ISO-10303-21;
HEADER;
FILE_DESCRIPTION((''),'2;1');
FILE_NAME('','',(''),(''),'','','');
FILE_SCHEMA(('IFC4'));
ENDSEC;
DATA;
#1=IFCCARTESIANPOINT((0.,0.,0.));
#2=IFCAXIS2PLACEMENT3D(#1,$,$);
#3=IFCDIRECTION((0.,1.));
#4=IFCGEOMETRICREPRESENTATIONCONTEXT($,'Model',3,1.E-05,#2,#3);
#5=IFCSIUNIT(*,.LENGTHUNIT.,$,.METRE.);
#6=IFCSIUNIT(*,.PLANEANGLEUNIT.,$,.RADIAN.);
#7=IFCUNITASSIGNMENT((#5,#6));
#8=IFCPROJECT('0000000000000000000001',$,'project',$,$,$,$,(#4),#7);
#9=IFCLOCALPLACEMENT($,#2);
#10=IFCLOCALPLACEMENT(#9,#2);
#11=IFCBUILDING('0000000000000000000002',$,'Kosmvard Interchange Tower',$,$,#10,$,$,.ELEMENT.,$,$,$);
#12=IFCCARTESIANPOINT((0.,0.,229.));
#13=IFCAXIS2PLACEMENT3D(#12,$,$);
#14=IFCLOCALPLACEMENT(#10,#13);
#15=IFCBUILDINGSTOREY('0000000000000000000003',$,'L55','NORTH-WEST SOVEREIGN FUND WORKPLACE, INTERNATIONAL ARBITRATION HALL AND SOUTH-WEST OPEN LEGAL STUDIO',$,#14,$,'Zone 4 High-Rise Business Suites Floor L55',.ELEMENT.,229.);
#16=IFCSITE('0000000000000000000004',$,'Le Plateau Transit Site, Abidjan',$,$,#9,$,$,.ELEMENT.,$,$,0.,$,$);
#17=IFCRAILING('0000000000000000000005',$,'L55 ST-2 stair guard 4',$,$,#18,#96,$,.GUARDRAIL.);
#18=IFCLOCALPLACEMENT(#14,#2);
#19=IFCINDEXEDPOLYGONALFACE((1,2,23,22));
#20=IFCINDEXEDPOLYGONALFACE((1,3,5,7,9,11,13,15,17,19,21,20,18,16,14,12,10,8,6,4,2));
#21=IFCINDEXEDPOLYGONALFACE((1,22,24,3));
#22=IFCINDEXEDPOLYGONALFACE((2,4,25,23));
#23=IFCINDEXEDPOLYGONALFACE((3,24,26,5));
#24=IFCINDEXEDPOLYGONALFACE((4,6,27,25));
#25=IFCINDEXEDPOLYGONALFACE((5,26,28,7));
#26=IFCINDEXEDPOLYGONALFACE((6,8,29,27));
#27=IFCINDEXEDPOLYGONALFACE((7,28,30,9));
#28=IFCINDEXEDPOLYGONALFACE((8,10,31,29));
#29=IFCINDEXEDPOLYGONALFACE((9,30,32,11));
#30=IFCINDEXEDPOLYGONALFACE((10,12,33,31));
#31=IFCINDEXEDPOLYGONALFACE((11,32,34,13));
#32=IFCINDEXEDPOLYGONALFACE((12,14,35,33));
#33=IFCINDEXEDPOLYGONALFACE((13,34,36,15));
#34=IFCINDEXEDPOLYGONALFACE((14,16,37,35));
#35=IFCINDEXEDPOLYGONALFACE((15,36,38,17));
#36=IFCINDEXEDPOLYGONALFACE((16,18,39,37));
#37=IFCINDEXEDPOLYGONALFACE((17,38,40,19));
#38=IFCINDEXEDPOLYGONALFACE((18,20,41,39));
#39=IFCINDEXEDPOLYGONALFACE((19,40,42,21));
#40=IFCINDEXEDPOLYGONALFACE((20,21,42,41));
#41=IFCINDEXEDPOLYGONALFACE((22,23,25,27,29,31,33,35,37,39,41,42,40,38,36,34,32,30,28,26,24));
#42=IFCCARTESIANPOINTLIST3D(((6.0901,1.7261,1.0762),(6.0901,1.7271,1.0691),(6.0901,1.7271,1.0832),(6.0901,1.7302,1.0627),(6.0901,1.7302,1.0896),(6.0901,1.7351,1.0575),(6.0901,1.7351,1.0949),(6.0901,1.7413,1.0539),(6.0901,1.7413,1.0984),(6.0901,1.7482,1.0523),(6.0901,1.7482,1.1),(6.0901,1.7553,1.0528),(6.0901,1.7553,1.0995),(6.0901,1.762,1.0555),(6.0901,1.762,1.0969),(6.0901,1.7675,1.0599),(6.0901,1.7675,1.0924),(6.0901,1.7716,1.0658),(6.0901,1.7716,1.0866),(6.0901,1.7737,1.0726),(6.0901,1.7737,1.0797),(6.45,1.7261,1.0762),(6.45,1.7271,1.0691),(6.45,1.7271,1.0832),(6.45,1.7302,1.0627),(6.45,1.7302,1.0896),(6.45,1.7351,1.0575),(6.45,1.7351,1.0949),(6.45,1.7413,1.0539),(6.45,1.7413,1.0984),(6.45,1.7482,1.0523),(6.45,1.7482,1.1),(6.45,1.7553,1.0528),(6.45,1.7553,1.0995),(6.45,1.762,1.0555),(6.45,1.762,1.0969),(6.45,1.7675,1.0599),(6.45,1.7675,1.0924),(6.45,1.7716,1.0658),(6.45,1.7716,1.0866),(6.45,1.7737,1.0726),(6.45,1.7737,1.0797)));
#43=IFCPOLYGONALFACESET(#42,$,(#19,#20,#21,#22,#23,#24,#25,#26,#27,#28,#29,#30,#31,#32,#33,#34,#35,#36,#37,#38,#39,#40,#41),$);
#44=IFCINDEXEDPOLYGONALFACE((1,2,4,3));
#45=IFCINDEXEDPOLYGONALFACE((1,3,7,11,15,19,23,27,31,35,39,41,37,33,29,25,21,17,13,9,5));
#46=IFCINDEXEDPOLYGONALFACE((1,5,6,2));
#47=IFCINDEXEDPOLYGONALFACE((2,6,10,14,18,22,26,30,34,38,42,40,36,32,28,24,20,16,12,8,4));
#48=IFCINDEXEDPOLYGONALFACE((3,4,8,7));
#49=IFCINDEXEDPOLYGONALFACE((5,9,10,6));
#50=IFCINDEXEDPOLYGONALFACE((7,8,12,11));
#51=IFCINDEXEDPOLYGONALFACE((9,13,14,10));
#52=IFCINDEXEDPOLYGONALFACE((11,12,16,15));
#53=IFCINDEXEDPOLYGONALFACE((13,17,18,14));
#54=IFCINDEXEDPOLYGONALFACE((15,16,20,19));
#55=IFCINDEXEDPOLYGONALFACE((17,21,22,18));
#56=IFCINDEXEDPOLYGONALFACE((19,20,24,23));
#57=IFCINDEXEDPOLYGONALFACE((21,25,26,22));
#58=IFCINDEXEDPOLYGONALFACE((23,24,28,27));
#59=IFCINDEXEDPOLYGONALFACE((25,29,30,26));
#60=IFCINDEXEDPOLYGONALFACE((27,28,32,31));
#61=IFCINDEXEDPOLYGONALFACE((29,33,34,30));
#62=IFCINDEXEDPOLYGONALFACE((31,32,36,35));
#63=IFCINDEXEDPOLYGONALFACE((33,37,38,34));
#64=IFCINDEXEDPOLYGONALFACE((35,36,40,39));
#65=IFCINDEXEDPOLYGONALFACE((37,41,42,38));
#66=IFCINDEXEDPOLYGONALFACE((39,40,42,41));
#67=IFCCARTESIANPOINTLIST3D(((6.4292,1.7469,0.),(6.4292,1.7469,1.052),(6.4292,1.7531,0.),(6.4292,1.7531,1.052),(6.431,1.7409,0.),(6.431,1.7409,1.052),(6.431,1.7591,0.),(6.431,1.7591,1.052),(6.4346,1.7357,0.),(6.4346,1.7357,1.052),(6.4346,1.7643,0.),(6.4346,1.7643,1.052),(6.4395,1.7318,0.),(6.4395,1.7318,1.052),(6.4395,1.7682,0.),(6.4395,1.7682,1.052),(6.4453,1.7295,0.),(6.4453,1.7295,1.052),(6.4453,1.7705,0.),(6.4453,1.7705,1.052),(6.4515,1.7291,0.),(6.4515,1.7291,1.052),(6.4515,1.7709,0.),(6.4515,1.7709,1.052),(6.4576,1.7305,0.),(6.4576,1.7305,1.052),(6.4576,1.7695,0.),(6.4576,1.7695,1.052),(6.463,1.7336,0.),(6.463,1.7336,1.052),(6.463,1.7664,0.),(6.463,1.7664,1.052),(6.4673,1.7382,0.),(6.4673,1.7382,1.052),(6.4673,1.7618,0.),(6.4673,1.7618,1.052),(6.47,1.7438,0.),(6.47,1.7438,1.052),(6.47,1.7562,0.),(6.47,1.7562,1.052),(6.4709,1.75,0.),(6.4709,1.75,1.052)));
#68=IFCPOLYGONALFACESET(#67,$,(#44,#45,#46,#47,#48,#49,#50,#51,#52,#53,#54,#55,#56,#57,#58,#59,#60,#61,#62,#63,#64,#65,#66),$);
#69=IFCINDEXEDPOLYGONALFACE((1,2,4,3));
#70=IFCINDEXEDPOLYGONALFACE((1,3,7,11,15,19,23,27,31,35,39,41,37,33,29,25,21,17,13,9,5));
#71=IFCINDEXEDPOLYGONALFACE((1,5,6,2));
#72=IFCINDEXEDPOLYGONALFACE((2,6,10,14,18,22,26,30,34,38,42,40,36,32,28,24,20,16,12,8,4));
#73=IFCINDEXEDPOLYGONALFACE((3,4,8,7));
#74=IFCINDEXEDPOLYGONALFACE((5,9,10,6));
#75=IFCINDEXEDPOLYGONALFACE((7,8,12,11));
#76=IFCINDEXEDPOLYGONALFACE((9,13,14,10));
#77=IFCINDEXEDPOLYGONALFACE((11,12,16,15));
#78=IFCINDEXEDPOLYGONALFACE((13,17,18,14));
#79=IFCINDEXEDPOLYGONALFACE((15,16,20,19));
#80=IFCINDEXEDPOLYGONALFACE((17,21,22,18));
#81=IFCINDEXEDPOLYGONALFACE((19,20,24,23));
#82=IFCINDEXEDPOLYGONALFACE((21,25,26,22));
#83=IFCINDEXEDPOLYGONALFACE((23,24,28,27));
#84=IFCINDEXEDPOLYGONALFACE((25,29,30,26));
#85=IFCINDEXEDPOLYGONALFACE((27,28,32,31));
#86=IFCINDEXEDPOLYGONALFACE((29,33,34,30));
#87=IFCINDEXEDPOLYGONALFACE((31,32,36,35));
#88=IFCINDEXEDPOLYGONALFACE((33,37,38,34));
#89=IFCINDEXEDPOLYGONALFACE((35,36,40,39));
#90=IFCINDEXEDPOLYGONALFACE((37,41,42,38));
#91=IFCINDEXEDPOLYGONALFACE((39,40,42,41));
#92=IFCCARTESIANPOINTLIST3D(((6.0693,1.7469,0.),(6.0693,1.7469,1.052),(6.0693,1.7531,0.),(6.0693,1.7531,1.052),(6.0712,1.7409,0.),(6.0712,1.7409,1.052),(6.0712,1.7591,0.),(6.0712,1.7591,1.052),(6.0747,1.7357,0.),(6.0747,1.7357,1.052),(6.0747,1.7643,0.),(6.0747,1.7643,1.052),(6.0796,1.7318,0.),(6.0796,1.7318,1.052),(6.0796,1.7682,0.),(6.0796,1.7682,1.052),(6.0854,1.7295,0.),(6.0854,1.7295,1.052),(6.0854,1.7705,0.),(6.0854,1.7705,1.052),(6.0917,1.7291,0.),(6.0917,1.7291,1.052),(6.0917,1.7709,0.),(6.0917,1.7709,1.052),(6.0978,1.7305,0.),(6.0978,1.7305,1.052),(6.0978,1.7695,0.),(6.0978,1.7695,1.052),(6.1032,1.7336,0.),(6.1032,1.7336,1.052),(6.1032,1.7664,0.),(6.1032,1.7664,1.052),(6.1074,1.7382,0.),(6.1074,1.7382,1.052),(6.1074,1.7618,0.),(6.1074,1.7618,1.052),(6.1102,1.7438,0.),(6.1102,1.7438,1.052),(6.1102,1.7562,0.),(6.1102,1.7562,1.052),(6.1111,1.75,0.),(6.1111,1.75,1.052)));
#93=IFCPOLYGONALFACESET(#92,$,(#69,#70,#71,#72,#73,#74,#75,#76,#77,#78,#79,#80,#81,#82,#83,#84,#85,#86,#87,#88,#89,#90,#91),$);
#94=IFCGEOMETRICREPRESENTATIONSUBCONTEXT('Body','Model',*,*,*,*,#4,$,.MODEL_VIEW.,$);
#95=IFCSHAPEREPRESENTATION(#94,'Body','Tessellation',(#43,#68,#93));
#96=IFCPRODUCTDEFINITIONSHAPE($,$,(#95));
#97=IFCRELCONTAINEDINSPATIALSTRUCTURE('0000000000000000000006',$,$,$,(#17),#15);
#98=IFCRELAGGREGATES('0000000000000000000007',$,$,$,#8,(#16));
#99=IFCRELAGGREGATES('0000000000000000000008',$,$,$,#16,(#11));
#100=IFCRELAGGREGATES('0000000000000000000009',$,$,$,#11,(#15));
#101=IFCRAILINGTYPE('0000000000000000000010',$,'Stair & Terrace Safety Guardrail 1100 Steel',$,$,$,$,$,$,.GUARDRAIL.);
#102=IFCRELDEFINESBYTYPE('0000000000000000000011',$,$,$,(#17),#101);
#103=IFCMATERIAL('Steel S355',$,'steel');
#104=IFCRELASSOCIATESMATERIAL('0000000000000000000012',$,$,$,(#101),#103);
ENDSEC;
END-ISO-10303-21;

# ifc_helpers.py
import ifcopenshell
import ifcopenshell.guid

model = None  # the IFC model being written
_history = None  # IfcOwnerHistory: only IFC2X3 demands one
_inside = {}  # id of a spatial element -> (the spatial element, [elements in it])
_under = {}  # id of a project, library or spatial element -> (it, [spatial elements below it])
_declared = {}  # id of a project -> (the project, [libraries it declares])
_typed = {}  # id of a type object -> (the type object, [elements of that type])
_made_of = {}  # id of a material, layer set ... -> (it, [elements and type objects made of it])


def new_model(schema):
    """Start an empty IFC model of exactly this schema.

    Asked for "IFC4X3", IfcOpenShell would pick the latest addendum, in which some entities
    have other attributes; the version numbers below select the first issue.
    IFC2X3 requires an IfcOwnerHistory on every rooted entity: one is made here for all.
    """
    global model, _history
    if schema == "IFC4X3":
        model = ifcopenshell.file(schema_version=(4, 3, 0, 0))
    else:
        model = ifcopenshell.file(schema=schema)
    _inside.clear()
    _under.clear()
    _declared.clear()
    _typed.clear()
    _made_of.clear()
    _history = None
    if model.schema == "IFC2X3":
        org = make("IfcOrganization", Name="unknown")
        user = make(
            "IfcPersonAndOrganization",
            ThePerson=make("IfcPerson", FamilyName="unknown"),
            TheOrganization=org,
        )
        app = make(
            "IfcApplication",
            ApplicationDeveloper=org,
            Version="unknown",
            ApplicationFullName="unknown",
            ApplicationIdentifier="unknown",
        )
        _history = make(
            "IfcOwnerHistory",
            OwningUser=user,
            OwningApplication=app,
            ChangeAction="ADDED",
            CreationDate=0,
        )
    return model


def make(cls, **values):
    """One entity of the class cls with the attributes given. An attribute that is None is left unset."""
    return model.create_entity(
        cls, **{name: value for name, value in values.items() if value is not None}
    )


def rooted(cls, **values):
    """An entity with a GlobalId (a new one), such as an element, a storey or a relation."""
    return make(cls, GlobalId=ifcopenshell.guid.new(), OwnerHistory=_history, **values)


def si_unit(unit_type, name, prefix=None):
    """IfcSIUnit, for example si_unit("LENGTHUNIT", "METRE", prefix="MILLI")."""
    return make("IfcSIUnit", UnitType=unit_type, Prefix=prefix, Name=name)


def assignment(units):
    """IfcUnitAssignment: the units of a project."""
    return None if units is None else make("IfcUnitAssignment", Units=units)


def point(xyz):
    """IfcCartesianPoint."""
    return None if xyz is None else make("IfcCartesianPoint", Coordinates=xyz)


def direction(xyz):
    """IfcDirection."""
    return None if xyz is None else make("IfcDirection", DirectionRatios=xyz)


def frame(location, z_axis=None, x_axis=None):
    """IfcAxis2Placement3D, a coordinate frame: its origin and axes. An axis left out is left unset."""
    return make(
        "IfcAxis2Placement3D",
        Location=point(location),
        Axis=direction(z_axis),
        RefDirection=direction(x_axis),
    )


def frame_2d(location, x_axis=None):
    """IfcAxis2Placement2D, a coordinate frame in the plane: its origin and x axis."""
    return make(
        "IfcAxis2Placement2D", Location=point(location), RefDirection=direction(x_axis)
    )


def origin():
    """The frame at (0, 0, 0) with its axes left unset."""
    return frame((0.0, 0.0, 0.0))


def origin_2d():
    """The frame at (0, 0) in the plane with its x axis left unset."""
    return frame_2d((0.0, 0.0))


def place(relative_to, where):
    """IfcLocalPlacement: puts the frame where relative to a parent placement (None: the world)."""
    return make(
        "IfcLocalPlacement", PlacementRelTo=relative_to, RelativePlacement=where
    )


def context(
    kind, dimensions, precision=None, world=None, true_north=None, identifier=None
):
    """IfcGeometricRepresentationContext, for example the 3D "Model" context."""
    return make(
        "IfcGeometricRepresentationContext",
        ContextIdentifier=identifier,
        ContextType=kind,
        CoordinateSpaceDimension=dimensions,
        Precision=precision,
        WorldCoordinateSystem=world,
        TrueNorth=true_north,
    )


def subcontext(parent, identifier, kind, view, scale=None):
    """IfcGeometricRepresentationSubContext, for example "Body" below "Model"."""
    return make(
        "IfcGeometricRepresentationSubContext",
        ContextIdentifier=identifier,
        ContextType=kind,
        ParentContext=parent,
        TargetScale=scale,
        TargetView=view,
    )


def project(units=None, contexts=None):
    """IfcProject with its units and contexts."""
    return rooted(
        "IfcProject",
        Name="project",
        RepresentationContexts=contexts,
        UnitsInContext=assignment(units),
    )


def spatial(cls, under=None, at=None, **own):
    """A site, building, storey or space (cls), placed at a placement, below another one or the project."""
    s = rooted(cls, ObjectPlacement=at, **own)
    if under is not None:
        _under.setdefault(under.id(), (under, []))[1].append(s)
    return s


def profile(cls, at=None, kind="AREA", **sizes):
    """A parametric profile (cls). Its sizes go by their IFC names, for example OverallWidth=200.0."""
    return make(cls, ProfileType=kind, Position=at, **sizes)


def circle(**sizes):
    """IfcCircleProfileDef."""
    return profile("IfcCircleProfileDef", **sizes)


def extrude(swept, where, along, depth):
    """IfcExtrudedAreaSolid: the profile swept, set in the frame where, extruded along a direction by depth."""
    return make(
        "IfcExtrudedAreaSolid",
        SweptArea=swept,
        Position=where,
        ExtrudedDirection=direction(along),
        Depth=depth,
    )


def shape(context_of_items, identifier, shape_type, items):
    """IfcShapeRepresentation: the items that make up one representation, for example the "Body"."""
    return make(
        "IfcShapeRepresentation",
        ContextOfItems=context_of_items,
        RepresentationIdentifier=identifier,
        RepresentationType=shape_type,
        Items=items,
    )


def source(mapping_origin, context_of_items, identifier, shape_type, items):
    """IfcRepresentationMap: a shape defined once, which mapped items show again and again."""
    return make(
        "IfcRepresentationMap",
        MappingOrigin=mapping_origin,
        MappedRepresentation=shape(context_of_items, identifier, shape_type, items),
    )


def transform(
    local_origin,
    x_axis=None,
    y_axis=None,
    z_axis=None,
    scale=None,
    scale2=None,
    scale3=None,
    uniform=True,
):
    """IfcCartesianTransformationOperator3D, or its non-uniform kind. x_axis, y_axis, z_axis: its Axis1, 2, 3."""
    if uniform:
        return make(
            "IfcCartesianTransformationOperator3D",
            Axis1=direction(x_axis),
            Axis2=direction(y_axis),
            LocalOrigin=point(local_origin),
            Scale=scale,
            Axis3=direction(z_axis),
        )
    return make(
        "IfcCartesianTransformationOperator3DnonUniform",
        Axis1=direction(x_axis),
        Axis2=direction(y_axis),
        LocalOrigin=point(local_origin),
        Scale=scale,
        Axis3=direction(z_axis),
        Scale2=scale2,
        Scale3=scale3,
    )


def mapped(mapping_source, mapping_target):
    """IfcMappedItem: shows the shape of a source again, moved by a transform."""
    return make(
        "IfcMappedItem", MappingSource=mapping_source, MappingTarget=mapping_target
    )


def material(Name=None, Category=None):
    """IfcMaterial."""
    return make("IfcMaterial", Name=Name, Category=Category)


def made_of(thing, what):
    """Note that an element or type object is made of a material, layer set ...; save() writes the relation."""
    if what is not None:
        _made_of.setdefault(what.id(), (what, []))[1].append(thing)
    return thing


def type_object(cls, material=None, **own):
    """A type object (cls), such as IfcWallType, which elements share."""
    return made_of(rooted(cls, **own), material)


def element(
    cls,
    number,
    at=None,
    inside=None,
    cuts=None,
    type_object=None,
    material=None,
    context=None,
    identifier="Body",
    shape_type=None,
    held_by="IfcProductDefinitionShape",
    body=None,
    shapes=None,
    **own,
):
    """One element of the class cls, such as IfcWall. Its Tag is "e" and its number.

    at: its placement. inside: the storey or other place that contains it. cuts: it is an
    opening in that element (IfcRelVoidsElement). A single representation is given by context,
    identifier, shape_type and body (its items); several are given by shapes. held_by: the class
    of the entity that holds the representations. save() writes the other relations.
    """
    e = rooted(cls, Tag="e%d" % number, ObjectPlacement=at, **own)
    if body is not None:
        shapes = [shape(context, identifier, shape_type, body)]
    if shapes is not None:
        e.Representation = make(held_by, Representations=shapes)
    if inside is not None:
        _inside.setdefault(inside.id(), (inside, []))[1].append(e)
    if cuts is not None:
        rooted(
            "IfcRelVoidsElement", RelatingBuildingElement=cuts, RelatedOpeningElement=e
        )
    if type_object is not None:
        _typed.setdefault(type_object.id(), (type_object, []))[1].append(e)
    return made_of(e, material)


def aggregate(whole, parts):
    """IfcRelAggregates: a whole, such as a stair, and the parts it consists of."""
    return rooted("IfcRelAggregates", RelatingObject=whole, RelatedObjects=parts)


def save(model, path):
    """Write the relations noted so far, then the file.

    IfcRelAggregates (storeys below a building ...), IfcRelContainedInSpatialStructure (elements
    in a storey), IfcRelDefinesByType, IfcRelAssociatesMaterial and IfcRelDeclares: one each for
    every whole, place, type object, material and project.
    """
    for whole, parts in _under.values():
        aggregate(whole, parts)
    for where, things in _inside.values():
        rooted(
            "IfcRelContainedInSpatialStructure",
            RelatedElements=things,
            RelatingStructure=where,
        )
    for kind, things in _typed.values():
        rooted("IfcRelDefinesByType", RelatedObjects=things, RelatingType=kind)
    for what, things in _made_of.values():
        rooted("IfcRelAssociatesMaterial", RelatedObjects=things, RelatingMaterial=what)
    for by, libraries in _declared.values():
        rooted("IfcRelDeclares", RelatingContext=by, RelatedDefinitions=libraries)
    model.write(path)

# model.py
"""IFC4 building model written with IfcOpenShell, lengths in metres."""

from ifc_helpers import new_model, si_unit, direction, frame, origin, origin_2d, place, context, subcontext, project, spatial, circle, extrude, source, transform, mapped, material, type_object, element, save


model = new_model("IFC4")

# Units and contexts
model_context = context("Model", 3, precision=1e-05, world=origin(), true_north=direction((0.0, 1.0)))
body_context = subcontext(model_context, "Body", "Model", "MODEL_VIEW")
ifc_project = project(units=[si_unit("LENGTHUNIT", "METRE"), si_unit("PLANEANGLEUNIT", "RADIAN")], contexts=[model_context])

# Site, building, storey
site_placement = place(None, origin())
site = spatial("IfcSite", under=ifc_project, at=site_placement, Name="Le Plateau Transit Site, Abidjan", CompositionType="ELEMENT", RefElevation=0.0)
building_placement = place(site_placement, origin())
building = spatial("IfcBuilding", under=site, at=building_placement, Name="Kosmvard Interchange Tower", CompositionType="ELEMENT")
storey_placement = place(building_placement, frame((0.0, 0.0, 229.0)))
storey = spatial("IfcBuildingStorey", under=building, at=storey_placement, Name="L55", Description="NORTH-WEST SOVEREIGN FUND WORKPLACE, INTERNATIONAL ARBITRATION HALL AND SOUTH-WEST OPEN LEGAL STUDIO", LongName="Zone 4 High-Rise Business Suites Floor L55", CompositionType="ELEMENT", Elevation=229.0)

# Shared definitions
ifc_material_1 = material(Name="Steel S355", Category="steel")

# Railing
railing_type_1 = type_object("IfcRailingType", Name="Stair & Terrace Safety Guardrail 1100 Steel", PredefinedType="GUARDRAIL", material=ifc_material_1)
shared_shape_1 = source(origin(), body_context, "Body", "SweptSolid", [
    extrude(circle(Radius=0.0239, at=origin_2d()), frame((0.0, 0.0, 1.0762), z_axis=(-1.0, 0.0, 0.0), x_axis=(0.0, -1.0, 0.0)), (0.0, 0.0, 1.0), 0.3599),
    extrude(circle(Radius=0.021, at=origin_2d()), origin(), (0.0, 0.0, 1.0), 1.052),
    extrude(circle(Radius=0.021, at=origin_2d()), frame((-0.3599, 0.0, 0.0)), (0.0, 0.0, 1.0), 1.052),
])
for number, where, name in (
    (1, (6.45, 1.75, 0.0), "L55 ST-2 stair guard 4"),
):
    element("IfcRailing", number, at=place(storey_placement, frame(where)), inside=storey, type_object=railing_type_1, Name=name, PredefinedType="GUARDRAIL", context=body_context, shape_type="MappedRepresentation", body=[
        mapped(shared_shape_1, transform((0.0, 0.0, 0.0), scale=1.0)),
    ])

save(model, "model.ifc")
